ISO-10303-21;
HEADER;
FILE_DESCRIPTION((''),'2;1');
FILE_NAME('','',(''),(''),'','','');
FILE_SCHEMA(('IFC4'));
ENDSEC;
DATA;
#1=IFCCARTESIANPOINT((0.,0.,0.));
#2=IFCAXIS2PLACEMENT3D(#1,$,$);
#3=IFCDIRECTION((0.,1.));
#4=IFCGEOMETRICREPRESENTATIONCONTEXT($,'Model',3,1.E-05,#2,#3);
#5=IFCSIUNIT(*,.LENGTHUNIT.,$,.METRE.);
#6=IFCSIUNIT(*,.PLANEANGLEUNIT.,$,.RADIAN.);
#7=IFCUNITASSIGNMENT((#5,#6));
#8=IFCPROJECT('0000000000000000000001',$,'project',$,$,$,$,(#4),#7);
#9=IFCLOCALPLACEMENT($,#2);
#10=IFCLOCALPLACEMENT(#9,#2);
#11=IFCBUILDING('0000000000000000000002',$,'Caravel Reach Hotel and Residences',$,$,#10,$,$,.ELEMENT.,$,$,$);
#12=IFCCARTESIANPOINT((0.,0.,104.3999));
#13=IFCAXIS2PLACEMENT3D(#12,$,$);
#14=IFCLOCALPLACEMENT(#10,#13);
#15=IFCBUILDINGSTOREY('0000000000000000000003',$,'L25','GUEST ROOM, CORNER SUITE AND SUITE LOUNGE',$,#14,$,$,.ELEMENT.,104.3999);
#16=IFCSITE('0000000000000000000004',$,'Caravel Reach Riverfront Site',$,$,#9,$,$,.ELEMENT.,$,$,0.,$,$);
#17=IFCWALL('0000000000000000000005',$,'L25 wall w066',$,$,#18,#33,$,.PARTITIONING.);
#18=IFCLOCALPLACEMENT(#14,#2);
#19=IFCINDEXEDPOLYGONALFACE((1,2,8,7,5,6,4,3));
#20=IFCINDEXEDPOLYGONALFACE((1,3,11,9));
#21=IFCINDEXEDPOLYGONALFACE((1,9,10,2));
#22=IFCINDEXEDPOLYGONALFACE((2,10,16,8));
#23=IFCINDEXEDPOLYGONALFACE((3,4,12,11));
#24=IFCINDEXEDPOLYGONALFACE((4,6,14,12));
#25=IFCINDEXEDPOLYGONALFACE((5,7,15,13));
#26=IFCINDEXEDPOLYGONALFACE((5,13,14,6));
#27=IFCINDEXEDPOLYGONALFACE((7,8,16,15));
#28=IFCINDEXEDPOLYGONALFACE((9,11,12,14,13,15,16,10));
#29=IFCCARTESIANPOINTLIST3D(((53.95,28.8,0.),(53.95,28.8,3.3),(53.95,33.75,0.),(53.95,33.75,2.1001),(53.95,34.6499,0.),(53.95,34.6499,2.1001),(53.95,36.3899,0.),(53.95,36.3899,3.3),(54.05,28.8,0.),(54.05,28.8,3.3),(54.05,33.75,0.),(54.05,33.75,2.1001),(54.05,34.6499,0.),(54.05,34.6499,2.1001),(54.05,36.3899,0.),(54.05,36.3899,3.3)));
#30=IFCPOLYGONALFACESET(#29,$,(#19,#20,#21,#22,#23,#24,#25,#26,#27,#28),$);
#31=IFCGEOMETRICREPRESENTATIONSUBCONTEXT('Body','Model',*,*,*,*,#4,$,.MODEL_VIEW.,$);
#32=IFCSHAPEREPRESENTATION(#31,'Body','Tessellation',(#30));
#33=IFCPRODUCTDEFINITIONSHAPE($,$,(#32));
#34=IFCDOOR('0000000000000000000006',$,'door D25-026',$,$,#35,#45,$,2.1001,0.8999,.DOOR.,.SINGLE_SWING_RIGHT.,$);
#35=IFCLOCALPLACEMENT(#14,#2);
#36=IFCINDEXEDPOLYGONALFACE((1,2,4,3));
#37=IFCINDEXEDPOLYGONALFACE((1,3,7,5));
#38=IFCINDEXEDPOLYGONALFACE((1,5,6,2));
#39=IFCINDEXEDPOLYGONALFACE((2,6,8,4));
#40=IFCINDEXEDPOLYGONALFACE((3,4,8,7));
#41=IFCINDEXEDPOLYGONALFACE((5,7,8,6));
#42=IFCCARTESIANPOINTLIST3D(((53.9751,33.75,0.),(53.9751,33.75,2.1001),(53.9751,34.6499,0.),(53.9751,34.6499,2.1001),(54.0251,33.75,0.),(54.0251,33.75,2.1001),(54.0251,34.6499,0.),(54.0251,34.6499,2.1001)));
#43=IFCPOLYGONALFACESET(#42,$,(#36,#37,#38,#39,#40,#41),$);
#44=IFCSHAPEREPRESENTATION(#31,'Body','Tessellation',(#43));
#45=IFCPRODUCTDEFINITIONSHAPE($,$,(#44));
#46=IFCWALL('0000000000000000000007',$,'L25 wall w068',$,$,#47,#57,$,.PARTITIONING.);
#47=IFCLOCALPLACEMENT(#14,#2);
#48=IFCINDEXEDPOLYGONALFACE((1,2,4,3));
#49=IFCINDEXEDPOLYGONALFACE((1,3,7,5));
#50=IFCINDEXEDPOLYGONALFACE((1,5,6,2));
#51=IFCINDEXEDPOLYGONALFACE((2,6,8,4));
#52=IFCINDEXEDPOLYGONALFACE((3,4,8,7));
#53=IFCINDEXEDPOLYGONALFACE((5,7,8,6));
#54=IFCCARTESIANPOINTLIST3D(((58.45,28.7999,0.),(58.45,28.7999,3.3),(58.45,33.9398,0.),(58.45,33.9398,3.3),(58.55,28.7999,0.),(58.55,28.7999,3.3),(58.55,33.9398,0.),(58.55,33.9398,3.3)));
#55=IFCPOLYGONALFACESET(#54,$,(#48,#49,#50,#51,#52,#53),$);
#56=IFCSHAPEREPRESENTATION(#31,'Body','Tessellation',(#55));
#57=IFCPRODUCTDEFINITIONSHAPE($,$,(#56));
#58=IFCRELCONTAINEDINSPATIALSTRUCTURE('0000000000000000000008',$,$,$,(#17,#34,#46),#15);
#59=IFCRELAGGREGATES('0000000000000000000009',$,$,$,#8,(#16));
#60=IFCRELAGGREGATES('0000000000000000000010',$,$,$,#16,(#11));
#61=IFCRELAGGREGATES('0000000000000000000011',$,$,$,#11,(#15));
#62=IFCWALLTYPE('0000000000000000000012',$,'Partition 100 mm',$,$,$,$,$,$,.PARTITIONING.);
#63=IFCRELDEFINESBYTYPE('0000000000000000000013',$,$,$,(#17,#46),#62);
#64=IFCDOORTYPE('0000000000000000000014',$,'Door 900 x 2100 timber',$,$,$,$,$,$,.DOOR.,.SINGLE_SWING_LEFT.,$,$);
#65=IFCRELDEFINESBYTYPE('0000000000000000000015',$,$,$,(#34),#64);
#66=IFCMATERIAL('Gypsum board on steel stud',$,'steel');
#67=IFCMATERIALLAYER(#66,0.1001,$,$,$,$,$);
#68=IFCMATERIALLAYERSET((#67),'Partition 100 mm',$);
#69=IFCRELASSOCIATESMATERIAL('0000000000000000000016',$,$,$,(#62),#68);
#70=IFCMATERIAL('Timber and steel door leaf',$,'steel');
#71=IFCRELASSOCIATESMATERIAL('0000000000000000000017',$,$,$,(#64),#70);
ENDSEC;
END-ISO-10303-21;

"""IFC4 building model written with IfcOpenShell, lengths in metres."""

from ifc_helpers import new_model, si_unit, direction, frame, frame_2d, origin, place, context, subcontext, project, spatial, rectangle, extrude, material, layer, layer_set, type_object, element, fill, save


model = new_model("IFC4")

# Units and contexts
model_context = context("Model", 3, precision=1e-05, world=origin(), true_north=direction((0.0, 1.0)))
body_context = subcontext(model_context, "Body", "Model", "MODEL_VIEW")
ifc_project = project(units=[si_unit("LENGTHUNIT", "METRE"), si_unit("PLANEANGLEUNIT", "RADIAN")], contexts=[model_context])

# Site, building, storey
site_placement = place(None, origin())
site = spatial("IfcSite", under=ifc_project, at=site_placement, Name="Caravel Reach Riverfront Site", CompositionType="ELEMENT", RefElevation=0.0)
building_placement = place(site_placement, origin())
building = spatial("IfcBuilding", under=site, at=building_placement, Name="Caravel Reach Hotel and Residences", CompositionType="ELEMENT")
storey_placement = place(building_placement, frame((0.0, 0.0, 104.3999)))
storey = spatial("IfcBuildingStorey", under=building, at=storey_placement, Name="L25", Description="GUEST ROOM, CORNER SUITE AND SUITE LOUNGE", CompositionType="ELEMENT", Elevation=104.3999)

# Wall, opening, door
ifc_material_1 = material(Name="Gypsum board on steel stud", Category="steel")
ifc_layer_1 = layer(ifc_material_1, 0.1001)
ifc_layer_set_1 = layer_set([ifc_layer_1], Name="Partition 100 mm")
wall_type_1 = type_object("IfcWallType", Name="Partition 100 mm", PredefinedType="PARTITIONING", material=ifc_layer_set_1)
wall_1_placement = place(storey_placement, frame((54.0, 28.8, 0.0), z_axis=(0.0, 0.0, 1.0), x_axis=(0.0, 1.0, 0.0)))
wall_1 = element("IfcWall", 1, at=wall_1_placement, inside=storey, type_object=wall_type_1, Name="L25 wall w066", PredefinedType="PARTITIONING", context=body_context, shape_type="SweptSolid", body=[
    extrude(rectangle(XDim=7.5898, YDim=0.1001, at=frame_2d((3.7949, 0.0))), origin(), (0.0, 0.0, 1.0), 3.3),
])
opening_1_placement = place(wall_1_placement, frame((4.95, 0.0, 0.0)))
opening_1 = element("IfcOpeningElement", 2, at=opening_1_placement, cuts=wall_1, PredefinedType="OPENING", context=body_context, shape_type="SweptSolid", body=[
    extrude(rectangle(XDim=0.8999, YDim=2.1001, at=frame_2d((0.45, 1.05))), frame((0.0, 0.0601, 0.0), z_axis=(0.0, -1.0, 0.0), x_axis=(1.0, 0.0, 0.0)), (0.0, 0.0, 1.0), 0.1201),
])
ifc_material_2 = material(Name="Timber and steel door leaf", Category="steel")
door_type_1 = type_object("IfcDoorType", Name="Door 900 x 2100 timber", OperationType="SINGLE_SWING_LEFT", PredefinedType="DOOR", material=ifc_material_2)
door_1_placement = place(opening_1_placement, origin())
door_1 = element("IfcDoor", 3, at=door_1_placement, inside=storey, type_object=door_type_1, Name="door D25-026", OperationType="SINGLE_SWING_RIGHT", OverallHeight=2.1001, OverallWidth=0.8999, PredefinedType="DOOR", context=body_context, shape_type="SweptSolid", body=[
    extrude(rectangle(XDim=0.8999, YDim=2.1001, at=frame_2d((0.45, 1.05))), frame((0.0, 0.0249, 0.0), z_axis=(0.0, -1.0, 0.0), x_axis=(1.0, 0.0, 0.0)), (0.0, 0.0, 1.0), 0.05),
])
fill(opening_1, door_1)

# Wall
wall_2_placement = place(storey_placement, frame((58.5, 28.8, 0.0), z_axis=(0.0, 0.0, 1.0), x_axis=(0.0, 1.0, 0.0)))
element("IfcWall", 4, at=wall_2_placement, inside=storey, type_object=wall_type_1, Name="L25 wall w068", PredefinedType="PARTITIONING", context=body_context, shape_type="SweptSolid", body=[
    extrude(rectangle(XDim=5.1399, YDim=0.1001, at=frame_2d((2.5698, 0.0))), origin(), (0.0, 0.0, 1.0), 3.3),
])

save(model, "model.ifc")
